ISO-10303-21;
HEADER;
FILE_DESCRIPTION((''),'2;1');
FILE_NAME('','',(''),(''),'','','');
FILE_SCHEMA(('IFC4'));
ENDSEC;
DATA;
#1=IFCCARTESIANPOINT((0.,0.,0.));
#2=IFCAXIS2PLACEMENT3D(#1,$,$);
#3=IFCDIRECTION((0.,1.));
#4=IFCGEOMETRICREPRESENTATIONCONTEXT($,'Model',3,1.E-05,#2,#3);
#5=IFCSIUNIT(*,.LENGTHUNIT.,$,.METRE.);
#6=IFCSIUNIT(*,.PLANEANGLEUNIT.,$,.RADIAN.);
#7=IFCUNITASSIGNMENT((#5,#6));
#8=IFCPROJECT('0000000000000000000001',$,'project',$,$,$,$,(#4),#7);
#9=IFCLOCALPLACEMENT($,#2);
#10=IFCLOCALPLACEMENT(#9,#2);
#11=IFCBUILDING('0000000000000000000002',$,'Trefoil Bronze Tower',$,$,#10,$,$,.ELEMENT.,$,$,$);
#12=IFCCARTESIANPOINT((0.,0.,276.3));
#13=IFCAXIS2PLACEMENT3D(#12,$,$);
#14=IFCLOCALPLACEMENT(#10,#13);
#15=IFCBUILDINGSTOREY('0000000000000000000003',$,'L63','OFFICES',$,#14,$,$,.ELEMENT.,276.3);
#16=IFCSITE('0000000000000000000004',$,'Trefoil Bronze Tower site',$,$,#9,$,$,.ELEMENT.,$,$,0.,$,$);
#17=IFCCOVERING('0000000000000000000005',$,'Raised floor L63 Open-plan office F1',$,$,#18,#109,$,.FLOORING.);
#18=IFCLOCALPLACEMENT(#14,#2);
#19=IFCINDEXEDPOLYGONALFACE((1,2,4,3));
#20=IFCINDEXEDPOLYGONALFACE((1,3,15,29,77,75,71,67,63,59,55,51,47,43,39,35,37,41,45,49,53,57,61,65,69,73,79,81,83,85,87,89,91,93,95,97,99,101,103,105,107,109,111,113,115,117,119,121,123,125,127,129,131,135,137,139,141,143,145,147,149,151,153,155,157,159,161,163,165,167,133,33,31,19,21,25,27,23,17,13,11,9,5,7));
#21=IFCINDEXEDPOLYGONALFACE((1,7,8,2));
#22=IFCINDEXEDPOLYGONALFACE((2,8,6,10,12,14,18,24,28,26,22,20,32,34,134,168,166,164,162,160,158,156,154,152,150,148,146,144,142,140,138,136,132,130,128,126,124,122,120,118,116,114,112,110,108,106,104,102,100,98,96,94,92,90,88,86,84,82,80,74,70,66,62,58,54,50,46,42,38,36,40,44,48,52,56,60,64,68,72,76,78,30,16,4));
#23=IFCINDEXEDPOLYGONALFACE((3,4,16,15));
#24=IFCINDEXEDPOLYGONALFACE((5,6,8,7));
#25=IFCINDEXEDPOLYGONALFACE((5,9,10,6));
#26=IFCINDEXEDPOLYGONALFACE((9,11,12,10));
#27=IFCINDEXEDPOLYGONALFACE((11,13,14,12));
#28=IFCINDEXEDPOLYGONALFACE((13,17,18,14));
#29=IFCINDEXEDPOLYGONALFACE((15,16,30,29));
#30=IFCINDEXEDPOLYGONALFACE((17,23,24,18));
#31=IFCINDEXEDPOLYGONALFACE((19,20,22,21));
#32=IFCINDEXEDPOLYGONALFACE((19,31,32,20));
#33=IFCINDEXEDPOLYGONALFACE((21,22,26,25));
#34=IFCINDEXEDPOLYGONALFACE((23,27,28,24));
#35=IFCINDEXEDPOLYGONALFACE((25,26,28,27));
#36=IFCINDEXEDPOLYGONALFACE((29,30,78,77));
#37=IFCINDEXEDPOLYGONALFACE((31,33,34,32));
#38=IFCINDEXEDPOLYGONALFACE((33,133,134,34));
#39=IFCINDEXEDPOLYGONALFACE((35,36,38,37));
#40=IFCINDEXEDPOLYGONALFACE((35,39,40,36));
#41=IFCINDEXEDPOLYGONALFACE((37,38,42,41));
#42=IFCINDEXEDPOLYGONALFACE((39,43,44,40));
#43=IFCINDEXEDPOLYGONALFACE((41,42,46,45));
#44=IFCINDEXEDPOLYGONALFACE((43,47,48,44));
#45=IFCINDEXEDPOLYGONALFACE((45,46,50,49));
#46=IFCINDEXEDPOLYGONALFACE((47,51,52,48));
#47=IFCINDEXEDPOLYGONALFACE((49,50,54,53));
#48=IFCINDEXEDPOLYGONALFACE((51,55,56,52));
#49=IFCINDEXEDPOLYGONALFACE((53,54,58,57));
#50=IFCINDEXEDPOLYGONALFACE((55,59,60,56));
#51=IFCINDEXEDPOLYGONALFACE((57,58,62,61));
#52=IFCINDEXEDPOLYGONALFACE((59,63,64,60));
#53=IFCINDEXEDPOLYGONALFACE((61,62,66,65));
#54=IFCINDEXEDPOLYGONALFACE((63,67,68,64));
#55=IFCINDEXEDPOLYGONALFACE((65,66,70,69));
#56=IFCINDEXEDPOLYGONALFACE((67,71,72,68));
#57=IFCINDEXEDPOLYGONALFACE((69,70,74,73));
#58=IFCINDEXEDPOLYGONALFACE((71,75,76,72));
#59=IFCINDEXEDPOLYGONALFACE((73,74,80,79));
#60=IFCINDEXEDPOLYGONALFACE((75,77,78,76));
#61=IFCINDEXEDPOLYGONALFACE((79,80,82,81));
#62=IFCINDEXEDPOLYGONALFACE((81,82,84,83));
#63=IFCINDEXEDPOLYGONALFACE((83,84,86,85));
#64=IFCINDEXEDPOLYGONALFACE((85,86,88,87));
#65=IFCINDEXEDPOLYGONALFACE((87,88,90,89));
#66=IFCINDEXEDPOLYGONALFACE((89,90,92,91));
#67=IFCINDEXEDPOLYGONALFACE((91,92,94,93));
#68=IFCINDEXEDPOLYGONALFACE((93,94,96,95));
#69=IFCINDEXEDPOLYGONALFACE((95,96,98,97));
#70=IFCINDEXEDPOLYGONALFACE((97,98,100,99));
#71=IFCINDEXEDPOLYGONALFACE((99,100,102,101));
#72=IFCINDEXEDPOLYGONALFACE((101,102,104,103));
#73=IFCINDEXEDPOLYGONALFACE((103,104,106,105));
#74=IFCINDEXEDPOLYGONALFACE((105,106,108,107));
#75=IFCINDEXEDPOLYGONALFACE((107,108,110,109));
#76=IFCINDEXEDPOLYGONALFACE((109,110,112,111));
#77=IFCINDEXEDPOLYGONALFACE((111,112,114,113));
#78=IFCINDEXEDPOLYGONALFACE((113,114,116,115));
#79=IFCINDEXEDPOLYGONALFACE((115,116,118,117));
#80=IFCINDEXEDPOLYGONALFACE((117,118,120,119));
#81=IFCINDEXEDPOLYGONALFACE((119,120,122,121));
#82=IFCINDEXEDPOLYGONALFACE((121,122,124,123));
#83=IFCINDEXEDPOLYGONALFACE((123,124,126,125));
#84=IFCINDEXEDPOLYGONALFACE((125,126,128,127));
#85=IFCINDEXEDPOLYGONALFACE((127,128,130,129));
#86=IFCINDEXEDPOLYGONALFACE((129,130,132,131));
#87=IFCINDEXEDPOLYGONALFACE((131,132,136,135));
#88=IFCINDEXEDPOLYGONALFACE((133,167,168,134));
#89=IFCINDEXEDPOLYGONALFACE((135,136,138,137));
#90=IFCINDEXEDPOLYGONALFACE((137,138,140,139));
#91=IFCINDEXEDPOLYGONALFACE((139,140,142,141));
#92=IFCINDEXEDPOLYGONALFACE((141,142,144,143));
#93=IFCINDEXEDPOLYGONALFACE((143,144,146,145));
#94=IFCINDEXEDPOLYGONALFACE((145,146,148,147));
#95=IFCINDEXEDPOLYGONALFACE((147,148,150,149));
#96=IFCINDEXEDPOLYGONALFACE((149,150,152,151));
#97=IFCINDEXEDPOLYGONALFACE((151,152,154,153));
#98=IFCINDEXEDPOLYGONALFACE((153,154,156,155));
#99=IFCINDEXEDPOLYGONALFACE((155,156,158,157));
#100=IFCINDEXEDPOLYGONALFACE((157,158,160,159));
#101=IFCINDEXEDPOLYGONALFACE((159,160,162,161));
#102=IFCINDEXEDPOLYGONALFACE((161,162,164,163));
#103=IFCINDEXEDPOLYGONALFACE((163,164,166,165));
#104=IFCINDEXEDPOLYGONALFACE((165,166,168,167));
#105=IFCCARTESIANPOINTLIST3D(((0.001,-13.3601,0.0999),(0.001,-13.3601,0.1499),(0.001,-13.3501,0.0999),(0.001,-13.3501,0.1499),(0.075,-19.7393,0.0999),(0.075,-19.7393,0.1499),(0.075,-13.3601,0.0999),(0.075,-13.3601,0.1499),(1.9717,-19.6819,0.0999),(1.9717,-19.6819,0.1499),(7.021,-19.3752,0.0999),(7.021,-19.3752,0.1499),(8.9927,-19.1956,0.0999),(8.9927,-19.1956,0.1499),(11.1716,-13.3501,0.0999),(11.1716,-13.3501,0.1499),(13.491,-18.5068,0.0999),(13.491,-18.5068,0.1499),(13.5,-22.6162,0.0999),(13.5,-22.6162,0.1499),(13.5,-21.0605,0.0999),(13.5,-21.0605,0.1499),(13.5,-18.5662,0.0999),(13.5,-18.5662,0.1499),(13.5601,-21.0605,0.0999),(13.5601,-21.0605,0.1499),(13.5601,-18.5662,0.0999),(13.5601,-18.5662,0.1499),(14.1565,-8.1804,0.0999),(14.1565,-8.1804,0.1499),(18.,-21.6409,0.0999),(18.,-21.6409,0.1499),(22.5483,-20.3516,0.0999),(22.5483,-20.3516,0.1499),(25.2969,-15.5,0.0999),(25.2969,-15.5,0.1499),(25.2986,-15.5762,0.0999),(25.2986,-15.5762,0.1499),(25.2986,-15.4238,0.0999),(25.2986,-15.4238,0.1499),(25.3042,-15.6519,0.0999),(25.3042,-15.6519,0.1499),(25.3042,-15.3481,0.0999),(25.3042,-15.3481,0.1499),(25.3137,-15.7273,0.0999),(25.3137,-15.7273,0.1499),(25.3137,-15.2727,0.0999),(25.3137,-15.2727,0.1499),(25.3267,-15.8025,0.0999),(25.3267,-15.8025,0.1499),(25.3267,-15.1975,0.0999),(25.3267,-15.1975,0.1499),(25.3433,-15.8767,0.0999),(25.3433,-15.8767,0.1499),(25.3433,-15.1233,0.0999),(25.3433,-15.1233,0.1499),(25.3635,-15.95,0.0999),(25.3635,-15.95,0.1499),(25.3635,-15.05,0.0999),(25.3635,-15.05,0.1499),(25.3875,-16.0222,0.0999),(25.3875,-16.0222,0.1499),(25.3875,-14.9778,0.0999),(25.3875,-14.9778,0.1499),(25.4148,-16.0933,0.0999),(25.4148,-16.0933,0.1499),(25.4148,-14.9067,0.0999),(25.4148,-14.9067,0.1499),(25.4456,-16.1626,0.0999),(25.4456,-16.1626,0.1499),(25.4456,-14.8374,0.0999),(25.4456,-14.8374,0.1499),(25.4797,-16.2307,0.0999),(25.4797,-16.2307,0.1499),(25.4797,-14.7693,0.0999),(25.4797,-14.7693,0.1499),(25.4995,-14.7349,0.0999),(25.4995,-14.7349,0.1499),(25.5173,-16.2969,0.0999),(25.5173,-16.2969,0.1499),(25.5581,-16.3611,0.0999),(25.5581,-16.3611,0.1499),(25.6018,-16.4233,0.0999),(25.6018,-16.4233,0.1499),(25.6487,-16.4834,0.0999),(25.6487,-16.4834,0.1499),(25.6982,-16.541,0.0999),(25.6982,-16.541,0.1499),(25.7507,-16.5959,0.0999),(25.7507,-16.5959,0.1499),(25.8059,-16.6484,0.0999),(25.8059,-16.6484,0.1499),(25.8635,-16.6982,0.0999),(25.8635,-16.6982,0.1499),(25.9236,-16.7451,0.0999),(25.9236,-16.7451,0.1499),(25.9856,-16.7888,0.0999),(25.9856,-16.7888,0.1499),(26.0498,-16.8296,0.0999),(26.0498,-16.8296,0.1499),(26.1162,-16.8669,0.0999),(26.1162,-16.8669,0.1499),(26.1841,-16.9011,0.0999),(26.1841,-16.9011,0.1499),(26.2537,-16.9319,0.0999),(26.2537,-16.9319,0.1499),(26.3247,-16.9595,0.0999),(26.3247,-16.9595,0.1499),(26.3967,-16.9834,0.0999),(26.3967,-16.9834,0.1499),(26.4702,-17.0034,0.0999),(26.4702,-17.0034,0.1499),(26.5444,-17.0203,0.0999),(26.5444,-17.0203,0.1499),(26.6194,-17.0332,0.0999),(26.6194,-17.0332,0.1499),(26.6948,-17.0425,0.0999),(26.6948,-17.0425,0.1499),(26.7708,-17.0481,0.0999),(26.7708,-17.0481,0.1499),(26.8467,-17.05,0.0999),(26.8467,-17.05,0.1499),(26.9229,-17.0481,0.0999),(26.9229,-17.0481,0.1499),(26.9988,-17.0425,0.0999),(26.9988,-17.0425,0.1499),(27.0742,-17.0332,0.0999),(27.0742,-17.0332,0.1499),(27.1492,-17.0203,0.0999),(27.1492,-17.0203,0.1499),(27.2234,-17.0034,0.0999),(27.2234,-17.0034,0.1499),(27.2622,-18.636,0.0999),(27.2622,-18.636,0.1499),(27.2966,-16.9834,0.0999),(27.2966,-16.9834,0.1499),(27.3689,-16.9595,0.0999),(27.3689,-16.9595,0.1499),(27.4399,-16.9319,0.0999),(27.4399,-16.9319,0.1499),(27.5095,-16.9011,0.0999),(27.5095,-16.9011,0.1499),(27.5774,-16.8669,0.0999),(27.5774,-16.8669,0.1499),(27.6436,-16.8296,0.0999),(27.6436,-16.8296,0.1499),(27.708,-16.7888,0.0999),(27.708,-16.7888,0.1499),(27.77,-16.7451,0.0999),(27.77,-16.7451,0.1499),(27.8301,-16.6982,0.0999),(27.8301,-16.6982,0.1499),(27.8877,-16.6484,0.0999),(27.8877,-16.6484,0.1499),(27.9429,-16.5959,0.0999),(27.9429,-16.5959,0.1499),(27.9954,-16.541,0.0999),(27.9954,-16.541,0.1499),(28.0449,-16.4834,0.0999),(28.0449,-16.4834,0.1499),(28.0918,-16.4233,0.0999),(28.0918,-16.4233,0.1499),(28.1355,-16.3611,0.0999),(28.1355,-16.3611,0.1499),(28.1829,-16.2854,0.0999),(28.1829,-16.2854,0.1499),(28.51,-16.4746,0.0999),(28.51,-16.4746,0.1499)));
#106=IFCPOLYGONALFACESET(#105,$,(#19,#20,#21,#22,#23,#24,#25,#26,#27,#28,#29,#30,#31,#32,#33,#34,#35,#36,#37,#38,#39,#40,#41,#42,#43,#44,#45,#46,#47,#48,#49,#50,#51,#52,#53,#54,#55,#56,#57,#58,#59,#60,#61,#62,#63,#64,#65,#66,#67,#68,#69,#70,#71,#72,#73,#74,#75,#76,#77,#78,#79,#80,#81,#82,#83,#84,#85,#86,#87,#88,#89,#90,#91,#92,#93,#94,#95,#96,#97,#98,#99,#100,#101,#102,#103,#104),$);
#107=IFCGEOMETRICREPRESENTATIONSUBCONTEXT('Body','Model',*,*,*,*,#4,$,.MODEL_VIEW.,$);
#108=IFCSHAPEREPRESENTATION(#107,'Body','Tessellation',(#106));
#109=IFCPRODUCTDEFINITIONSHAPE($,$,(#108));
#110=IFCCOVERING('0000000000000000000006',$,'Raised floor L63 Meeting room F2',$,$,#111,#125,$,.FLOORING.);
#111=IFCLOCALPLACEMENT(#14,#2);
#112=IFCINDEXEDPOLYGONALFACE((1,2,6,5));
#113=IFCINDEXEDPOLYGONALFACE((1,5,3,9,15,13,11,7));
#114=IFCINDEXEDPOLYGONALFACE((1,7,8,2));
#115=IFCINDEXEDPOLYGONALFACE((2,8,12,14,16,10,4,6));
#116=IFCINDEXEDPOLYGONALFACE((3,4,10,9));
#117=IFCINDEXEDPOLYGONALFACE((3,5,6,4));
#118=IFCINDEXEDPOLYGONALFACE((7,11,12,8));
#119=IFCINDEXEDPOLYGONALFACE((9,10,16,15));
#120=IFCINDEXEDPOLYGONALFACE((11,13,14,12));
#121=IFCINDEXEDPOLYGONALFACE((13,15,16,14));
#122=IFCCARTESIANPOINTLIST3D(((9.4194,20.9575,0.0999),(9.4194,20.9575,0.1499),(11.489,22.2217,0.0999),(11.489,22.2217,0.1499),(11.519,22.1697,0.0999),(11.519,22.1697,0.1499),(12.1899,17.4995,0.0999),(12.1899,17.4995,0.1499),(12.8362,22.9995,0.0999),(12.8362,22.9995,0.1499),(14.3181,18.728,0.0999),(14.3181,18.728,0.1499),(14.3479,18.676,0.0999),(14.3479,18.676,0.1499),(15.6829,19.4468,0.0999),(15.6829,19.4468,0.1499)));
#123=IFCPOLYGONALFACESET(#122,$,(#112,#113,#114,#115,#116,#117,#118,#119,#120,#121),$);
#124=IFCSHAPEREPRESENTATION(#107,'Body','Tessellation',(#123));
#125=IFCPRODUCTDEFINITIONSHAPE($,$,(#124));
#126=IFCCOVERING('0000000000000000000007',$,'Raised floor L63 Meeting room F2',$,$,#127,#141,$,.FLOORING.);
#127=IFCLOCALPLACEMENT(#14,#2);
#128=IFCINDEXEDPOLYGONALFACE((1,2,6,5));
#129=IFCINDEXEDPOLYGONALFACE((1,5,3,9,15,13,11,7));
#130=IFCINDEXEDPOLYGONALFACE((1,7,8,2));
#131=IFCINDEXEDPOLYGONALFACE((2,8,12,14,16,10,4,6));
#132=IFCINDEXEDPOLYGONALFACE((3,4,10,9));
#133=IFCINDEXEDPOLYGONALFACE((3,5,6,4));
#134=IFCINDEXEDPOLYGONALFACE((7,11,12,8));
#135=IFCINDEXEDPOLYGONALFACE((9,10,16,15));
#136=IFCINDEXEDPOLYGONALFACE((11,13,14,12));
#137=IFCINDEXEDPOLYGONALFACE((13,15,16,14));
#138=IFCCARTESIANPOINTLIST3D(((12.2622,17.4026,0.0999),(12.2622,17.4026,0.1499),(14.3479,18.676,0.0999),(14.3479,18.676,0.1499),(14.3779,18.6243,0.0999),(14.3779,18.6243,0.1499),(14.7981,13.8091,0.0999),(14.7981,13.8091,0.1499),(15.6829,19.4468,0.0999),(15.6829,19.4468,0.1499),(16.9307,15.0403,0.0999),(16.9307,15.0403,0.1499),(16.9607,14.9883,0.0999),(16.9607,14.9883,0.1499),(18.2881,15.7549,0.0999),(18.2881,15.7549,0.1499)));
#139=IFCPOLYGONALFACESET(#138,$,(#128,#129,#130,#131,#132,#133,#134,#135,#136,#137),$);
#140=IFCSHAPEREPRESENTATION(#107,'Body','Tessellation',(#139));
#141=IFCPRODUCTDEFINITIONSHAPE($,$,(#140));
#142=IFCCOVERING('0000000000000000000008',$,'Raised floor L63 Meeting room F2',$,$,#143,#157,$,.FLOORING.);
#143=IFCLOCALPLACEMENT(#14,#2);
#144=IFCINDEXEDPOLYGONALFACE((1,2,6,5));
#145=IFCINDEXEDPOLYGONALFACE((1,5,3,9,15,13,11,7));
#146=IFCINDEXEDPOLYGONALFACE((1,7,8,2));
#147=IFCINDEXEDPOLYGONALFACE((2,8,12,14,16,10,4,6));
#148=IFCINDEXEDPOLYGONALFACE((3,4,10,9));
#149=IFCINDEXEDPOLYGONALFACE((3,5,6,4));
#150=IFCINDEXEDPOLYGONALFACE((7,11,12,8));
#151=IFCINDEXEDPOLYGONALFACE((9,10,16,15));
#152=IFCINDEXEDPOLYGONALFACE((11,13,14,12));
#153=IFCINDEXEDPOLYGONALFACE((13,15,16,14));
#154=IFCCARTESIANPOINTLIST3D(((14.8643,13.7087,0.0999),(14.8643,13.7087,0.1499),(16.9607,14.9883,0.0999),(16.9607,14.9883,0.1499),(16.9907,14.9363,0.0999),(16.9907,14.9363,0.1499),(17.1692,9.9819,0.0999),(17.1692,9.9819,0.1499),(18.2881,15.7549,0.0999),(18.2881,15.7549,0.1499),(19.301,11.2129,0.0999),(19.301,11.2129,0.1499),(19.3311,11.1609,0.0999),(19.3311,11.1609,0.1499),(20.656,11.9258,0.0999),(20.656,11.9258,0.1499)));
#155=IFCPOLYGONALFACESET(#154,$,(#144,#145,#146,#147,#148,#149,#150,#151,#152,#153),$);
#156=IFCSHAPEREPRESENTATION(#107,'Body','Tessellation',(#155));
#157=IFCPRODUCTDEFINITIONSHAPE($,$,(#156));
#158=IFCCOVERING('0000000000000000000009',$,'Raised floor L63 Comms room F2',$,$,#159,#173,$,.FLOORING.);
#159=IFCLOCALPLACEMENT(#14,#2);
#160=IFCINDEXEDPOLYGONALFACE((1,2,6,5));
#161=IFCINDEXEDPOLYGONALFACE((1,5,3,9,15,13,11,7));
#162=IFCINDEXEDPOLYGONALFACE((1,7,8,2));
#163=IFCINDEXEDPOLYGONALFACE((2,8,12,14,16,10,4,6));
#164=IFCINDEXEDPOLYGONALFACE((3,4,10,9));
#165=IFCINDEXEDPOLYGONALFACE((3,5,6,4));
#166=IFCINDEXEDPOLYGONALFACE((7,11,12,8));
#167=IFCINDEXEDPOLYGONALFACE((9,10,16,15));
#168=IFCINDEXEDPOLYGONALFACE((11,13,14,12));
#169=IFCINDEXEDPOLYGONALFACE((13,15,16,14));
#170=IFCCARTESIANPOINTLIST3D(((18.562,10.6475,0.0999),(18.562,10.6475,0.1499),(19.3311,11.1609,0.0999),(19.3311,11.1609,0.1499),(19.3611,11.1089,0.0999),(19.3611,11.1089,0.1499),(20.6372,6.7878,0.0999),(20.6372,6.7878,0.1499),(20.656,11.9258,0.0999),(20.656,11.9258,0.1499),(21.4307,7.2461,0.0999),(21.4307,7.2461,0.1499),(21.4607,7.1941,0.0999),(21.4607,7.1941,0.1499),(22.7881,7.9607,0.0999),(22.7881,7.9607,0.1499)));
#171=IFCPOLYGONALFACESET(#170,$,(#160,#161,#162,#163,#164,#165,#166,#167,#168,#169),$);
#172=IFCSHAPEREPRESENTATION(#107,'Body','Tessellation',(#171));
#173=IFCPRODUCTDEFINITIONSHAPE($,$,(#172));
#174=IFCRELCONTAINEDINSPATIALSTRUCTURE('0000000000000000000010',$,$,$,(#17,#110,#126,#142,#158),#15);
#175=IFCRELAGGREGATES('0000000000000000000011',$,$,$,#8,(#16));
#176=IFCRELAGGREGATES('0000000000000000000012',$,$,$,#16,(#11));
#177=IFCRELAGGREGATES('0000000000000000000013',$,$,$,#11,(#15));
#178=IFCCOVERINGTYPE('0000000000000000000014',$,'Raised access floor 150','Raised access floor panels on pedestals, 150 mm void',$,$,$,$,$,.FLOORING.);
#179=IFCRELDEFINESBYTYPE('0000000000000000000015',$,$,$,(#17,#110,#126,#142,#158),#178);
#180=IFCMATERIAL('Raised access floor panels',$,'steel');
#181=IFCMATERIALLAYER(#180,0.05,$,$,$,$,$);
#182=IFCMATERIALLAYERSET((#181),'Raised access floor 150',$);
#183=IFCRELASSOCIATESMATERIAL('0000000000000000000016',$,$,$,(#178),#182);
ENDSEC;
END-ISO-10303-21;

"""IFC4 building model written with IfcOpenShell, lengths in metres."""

from ifc_helpers import new_model, si_unit, direction, frame, origin, place, context, subcontext, project, spatial, polyline, outline, extrude, material, layer, layer_set, type_object, element, save


model = new_model("IFC4")

# Units and contexts
model_context = context("Model", 3, precision=1e-05, world=origin(), true_north=direction((0.0, 1.0)))
body_context = subcontext(model_context, "Body", "Model", "MODEL_VIEW")
ifc_project = project(units=[si_unit("LENGTHUNIT", "METRE"), si_unit("PLANEANGLEUNIT", "RADIAN")], contexts=[model_context])

# Site, building, storey
site_placement = place(None, origin())
site = spatial("IfcSite", under=ifc_project, at=site_placement, Name="Trefoil Bronze Tower site", CompositionType="ELEMENT", RefElevation=0.0)
building_placement = place(site_placement, origin())
building = spatial("IfcBuilding", under=site, at=building_placement, Name="Trefoil Bronze Tower", CompositionType="ELEMENT")
storey_placement = place(building_placement, frame((0.0, 0.0, 276.3)))
storey = spatial("IfcBuildingStorey", under=building, at=storey_placement, Name="L63", Description="OFFICES", CompositionType="ELEMENT", Elevation=276.3)

# Coverings
ifc_material_1 = material(Name="Raised access floor panels", Category="steel")
ifc_layer_1 = layer(ifc_material_1, 0.05)
ifc_layer_set_1 = layer_set([ifc_layer_1], Name="Raised access floor 150")
covering_type_1 = type_object("IfcCoveringType", Name="Raised access floor 150", Description="Raised access floor panels on pedestals, 150 mm void", PredefinedType="FLOORING", material=ifc_layer_set_1)
covering_1_placement = place(storey_placement, frame((0.0, 0.0, 0.0999)))
element("IfcCovering", 1, at=covering_1_placement, inside=storey, type_object=covering_type_1, Name="Raised floor L63 Open-plan office F1", PredefinedType="FLOORING", context=body_context, shape_type="SweptSolid", body=[
    extrude(outline(polyline([(13.5, -21.0605), (13.5601, -21.0605), (13.5601, -18.5662), (13.5, -18.5662), (13.491, -18.5068), (8.9927, -19.1956), (7.021, -19.3752), (1.9717, -19.6819), (0.075, -19.7393), (0.075, -13.3601), (0.001, -13.3601), (0.001, -13.3501), (11.1716, -13.3501), (14.1565, -8.1804), (25.4995, -14.7349), (25.4797, -14.7693), (25.4456, -14.8374), (25.4148, -14.9067), (25.3875, -14.9778), (25.3635, -15.05), (25.3433, -15.1233), (25.3267, -15.1975), (25.3137, -15.2727), (25.3042, -15.3481), (25.2986, -15.4238), (25.2969, -15.5), (25.2986, -15.5762), (25.3042, -15.6519), (25.3137, -15.7273), (25.3267, -15.8025), (25.3433, -15.8767), (25.3635, -15.95), (25.3875, -16.0222), (25.4148, -16.0933), (25.4456, -16.1626), (25.4797, -16.2307), (25.5173, -16.2969), (25.5581, -16.3611), (25.6018, -16.4233), (25.6487, -16.4834), (25.6982, -16.541), (25.7507, -16.5959), (25.8059, -16.6484), (25.8635, -16.6982), (25.9236, -16.7451), (25.9856, -16.7888), (26.0498, -16.8296), (26.1162, -16.8669), (26.1841, -16.9011), (26.2537, -16.9319), (26.3247, -16.9595), (26.3967, -16.9834), (26.4702, -17.0034), (26.5444, -17.0203), (26.6194, -17.0332), (26.6948, -17.0425), (26.7708, -17.0481), (26.8467, -17.05), (26.9229, -17.0481), (26.9988, -17.0425), (27.0742, -17.0332), (27.1492, -17.0203), (27.2234, -17.0034), (27.2966, -16.9834), (27.3689, -16.9595), (27.4399, -16.9319), (27.5095, -16.9011), (27.5774, -16.8669), (27.6436, -16.8296), (27.708, -16.7888), (27.77, -16.7451), (27.8301, -16.6982), (27.8877, -16.6484), (27.9429, -16.5959), (27.9954, -16.541), (28.0449, -16.4834), (28.0918, -16.4233), (28.1355, -16.3611), (28.1829, -16.2854), (28.51, -16.4746), (27.2622, -18.636), (22.5483, -20.3516), (18.0, -21.6409), (13.5, -22.6162), (13.5, -21.0605)])), origin(), (0.0, 0.0, 1.0), 0.05),
])
covering_2_placement = place(storey_placement, frame((0.0, 0.0, 0.0999)))
element("IfcCovering", 2, at=covering_2_placement, inside=storey, type_object=covering_type_1, Name="Raised floor L63 Meeting room F2", PredefinedType="FLOORING", context=body_context, shape_type="SweptSolid", body=[
    extrude(outline(polyline([(15.6829, 19.4468), (14.3479, 18.676), (14.3181, 18.728), (12.1899, 17.4995), (9.4194, 20.9575), (11.519, 22.1697), (11.489, 22.2217), (12.8362, 22.9995), (15.6829, 19.4468)])), origin(), (0.0, 0.0, 1.0), 0.05),
])
covering_3_placement = place(storey_placement, frame((0.0, 0.0, 0.0999)))
element("IfcCovering", 3, at=covering_3_placement, inside=storey, type_object=covering_type_1, Name="Raised floor L63 Meeting room F2", PredefinedType="FLOORING", context=body_context, shape_type="SweptSolid", body=[
    extrude(outline(polyline([(18.2881, 15.7549), (16.9607, 14.9883), (16.9307, 15.0403), (14.7981, 13.8091), (12.2622, 17.4026), (14.3779, 18.6243), (14.3479, 18.676), (15.6829, 19.4468), (18.2881, 15.7549)])), origin(), (0.0, 0.0, 1.0), 0.05),
])
covering_4_placement = place(storey_placement, frame((0.0, 0.0, 0.0999)))
element("IfcCovering", 4, at=covering_4_placement, inside=storey, type_object=covering_type_1, Name="Raised floor L63 Meeting room F2", PredefinedType="FLOORING", context=body_context, shape_type="SweptSolid", body=[
    extrude(outline(polyline([(18.2881, 15.7549), (20.656, 11.9258), (19.3311, 11.1609), (19.301, 11.2129), (17.1692, 9.9819), (14.8643, 13.7087), (16.9907, 14.9363), (16.9607, 14.9883), (18.2881, 15.7549)])), origin(), (0.0, 0.0, 1.0), 0.05),
])
covering_5_placement = place(storey_placement, frame((0.0, 0.0, 0.0999)))
element("IfcCovering", 5, at=covering_5_placement, inside=storey, type_object=covering_type_1, Name="Raised floor L63 Comms room F2", PredefinedType="FLOORING", context=body_context, shape_type="SweptSolid", body=[
    extrude(outline(polyline([(22.7881, 7.9607), (21.4607, 7.1941), (21.4307, 7.2461), (20.6372, 6.7878), (18.562, 10.6475), (19.3611, 11.1089), (19.3311, 11.1609), (20.656, 11.9258), (22.7881, 7.9607)])), origin(), (0.0, 0.0, 1.0), 0.05),
])

save(model, "model.ifc")
